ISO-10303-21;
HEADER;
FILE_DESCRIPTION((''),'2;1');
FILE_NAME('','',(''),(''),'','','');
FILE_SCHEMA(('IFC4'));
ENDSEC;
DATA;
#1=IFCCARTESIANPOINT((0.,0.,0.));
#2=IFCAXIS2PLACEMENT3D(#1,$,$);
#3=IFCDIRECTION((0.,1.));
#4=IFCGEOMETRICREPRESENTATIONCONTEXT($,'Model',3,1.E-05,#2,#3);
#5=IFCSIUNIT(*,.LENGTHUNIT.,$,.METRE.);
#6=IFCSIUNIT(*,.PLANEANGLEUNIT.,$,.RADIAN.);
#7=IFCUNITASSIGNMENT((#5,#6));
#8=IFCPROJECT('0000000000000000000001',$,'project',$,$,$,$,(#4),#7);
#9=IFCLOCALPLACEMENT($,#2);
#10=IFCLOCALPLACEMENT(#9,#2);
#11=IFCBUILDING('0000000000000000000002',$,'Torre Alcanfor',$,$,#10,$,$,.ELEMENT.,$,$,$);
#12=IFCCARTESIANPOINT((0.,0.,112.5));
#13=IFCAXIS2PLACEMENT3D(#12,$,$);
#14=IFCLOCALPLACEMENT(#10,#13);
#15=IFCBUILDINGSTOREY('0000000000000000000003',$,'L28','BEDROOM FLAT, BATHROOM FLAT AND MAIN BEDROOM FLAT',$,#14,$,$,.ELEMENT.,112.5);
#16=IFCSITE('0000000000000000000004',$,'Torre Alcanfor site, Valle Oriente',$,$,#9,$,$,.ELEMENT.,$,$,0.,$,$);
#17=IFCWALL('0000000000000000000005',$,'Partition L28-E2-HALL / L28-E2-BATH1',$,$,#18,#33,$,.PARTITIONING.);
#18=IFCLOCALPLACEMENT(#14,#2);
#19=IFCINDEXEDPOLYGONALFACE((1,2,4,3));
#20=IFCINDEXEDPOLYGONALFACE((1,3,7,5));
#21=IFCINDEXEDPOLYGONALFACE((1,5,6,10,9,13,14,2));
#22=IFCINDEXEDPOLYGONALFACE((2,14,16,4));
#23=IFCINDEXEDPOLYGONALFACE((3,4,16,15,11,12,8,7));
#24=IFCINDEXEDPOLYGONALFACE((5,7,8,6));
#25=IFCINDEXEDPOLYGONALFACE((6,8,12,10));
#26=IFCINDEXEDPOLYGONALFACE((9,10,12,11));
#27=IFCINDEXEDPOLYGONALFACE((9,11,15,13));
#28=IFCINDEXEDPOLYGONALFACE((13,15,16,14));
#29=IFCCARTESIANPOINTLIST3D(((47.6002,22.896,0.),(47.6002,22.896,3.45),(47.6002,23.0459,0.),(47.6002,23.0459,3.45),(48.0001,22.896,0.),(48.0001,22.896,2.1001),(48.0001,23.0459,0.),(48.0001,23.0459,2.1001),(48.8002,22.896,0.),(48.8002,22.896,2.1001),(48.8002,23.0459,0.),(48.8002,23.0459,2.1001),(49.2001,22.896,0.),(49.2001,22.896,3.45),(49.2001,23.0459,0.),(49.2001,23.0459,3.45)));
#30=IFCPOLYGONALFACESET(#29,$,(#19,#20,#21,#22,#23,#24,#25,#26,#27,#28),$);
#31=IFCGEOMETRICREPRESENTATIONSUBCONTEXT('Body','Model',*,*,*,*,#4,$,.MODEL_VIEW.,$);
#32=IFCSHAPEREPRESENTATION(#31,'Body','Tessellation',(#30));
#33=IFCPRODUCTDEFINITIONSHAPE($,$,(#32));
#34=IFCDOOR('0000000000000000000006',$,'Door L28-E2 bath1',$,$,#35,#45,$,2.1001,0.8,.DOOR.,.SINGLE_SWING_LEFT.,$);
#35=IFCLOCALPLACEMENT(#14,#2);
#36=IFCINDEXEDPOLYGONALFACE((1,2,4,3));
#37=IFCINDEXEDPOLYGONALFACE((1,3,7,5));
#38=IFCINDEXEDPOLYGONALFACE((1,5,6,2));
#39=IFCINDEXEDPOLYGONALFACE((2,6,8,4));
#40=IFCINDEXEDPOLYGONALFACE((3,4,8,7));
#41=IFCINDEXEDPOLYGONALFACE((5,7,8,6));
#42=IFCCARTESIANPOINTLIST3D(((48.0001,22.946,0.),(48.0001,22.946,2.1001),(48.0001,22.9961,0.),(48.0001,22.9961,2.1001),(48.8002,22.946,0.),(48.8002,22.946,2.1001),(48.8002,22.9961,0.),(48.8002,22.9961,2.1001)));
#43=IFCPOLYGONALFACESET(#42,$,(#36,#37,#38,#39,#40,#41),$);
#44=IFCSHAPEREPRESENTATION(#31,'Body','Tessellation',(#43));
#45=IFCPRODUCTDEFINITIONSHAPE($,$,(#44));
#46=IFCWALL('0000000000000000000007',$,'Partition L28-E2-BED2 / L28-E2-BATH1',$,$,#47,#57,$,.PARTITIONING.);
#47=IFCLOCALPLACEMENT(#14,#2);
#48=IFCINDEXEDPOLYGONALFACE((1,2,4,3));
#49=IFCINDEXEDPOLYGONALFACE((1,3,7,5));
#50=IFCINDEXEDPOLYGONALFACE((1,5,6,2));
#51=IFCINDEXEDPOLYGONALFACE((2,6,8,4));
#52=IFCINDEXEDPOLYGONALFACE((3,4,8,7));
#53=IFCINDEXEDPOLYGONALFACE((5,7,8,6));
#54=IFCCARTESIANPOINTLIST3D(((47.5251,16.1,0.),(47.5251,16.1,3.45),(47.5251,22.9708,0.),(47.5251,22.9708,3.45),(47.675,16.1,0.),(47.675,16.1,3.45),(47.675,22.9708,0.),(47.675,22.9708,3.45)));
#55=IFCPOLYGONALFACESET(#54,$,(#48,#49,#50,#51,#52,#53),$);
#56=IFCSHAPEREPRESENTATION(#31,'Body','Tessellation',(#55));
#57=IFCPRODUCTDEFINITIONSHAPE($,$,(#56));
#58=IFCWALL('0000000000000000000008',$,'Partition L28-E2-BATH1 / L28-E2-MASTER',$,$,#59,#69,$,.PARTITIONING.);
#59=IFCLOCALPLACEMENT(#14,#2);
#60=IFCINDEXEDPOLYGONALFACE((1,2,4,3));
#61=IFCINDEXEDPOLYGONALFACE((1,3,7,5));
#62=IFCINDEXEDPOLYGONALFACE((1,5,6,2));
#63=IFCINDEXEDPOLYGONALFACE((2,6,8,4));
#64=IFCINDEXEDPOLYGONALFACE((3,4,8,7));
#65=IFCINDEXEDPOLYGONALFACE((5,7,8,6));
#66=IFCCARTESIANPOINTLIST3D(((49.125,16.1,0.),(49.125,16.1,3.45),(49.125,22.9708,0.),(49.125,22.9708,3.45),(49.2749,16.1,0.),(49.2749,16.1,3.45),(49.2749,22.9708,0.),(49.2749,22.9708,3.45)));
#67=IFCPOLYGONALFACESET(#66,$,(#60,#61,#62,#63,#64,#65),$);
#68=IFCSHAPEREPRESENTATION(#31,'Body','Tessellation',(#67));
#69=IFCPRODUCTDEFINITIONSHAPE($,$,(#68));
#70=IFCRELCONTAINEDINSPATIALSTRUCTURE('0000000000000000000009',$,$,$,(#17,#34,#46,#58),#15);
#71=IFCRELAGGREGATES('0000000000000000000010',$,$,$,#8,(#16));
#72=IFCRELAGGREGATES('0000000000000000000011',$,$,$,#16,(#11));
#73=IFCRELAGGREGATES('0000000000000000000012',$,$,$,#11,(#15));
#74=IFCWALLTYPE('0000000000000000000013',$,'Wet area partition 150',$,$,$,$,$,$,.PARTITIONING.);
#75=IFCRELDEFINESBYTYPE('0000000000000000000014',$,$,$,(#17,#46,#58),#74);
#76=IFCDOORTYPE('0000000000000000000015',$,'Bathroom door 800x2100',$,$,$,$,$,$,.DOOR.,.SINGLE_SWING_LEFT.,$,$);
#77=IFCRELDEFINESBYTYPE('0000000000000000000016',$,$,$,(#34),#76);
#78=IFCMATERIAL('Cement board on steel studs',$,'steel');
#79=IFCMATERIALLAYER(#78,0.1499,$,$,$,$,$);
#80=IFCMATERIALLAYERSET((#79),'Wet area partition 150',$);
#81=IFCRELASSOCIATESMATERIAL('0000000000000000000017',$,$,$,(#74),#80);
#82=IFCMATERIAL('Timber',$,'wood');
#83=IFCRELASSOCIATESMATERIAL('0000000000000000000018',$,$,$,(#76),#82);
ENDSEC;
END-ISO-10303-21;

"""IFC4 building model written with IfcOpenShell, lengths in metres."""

from ifc_helpers import new_model, si_unit, direction, frame, frame_2d, origin, place, context, subcontext, project, spatial, rectangle, extrude, material, layer, layer_set, type_object, element, fill, save


model = new_model("IFC4")

# Units and contexts
model_context = context("Model", 3, precision=1e-05, world=origin(), true_north=direction((0.0, 1.0)))
body_context = subcontext(model_context, "Body", "Model", "MODEL_VIEW")
ifc_project = project(units=[si_unit("LENGTHUNIT", "METRE"), si_unit("PLANEANGLEUNIT", "RADIAN")], contexts=[model_context])

# Site, building, storey
site_placement = place(None, origin())
site = spatial("IfcSite", under=ifc_project, at=site_placement, Name="Torre Alcanfor site, Valle Oriente", CompositionType="ELEMENT", RefElevation=0.0)
building_placement = place(site_placement, origin())
building = spatial("IfcBuilding", under=site, at=building_placement, Name="Torre Alcanfor", CompositionType="ELEMENT")
storey_placement = place(building_placement, frame((0.0, 0.0, 112.5)))
storey = spatial("IfcBuildingStorey", under=building, at=storey_placement, Name="L28", Description="BEDROOM FLAT, BATHROOM FLAT AND MAIN BEDROOM FLAT", CompositionType="ELEMENT", Elevation=112.5)

# Wall, opening, door
ifc_material_1 = material(Name="Cement board on steel studs", Category="steel")
ifc_layer_1 = layer(ifc_material_1, 0.1499)
ifc_layer_set_1 = layer_set([ifc_layer_1], Name="Wet area partition 150")
wall_type_1 = type_object("IfcWallType", Name="Wet area partition 150", PredefinedType="PARTITIONING", material=ifc_layer_set_1)
wall_1_placement = place(storey_placement, frame((49.2, 22.9709, 0.0), z_axis=(0.0, 0.0, 1.0), x_axis=(-1.0, 0.0, 0.0)))
wall_1 = element("IfcWall", 1, at=wall_1_placement, inside=storey, type_object=wall_type_1, Name="Partition L28-E2-HALL / L28-E2-BATH1", PredefinedType="PARTITIONING", context=body_context, shape_type="SweptSolid", body=[
    extrude(rectangle(XDim=1.5999, YDim=0.1499, at=frame_2d((0.7998, 0.0))), origin(), (0.0, 0.0, 1.0), 3.45),
])
opening_1_placement = place(wall_1_placement, frame((0.3999, 0.0, 0.0)))
opening_1 = element("IfcOpeningElement", 2, at=opening_1_placement, cuts=wall_1, PredefinedType="OPENING", context=body_context, shape_type="SweptSolid", body=[
    extrude(rectangle(XDim=0.8, YDim=2.1001, at=frame_2d((0.3999, 1.05))), frame((0.0, 0.085, 0.0), z_axis=(0.0, -1.0, 0.0), x_axis=(1.0, 0.0, 0.0)), (0.0, 0.0, 1.0), 0.1699),
])
ifc_material_2 = material(Name="Timber", Category="wood")
door_type_1 = type_object("IfcDoorType", Name="Bathroom door 800x2100", OperationType="SINGLE_SWING_LEFT", PredefinedType="DOOR", material=ifc_material_2)
door_1_placement = place(opening_1_placement, origin())
door_1 = element("IfcDoor", 3, at=door_1_placement, inside=storey, type_object=door_type_1, Name="Door L28-E2 bath1", OperationType="SINGLE_SWING_LEFT", OverallHeight=2.1001, OverallWidth=0.8, PredefinedType="DOOR", context=body_context, shape_type="SweptSolid", body=[
    extrude(rectangle(XDim=0.8, YDim=2.1001, at=frame_2d((0.3999, 1.05))), frame((0.0, 0.0249, 0.0), z_axis=(0.0, -1.0, 0.0), x_axis=(1.0, 0.0, 0.0)), (0.0, 0.0, 1.0), 0.05),
])
fill(opening_1, door_1)

# Walls
for number, where, z_axis, x_axis, name in (
    (4, (47.6001, 22.9709, 0.0), (0.0, 0.0, 1.0), (0.0, -1.0, 0.0), "Partition L28-E2-BED2 / L28-E2-BATH1"),
    (5, (49.2, 22.9709, 0.0), (0.0, 0.0, 1.0), (0.0, -1.0, 0.0), "Partition L28-E2-BATH1 / L28-E2-MASTER"),
):
    element("IfcWall", number, at=place(storey_placement, frame(where, z_axis=z_axis, x_axis=x_axis)), inside=storey, type_object=wall_type_1, Name=name, PredefinedType="PARTITIONING", context=body_context, shape_type="SweptSolid", body=[
        extrude(rectangle(XDim=6.8708, YDim=0.1499, at=frame_2d((3.4355, 0.0))), origin(), (0.0, 0.0, 1.0), 3.45),
    ])

save(model, "model.ifc")
